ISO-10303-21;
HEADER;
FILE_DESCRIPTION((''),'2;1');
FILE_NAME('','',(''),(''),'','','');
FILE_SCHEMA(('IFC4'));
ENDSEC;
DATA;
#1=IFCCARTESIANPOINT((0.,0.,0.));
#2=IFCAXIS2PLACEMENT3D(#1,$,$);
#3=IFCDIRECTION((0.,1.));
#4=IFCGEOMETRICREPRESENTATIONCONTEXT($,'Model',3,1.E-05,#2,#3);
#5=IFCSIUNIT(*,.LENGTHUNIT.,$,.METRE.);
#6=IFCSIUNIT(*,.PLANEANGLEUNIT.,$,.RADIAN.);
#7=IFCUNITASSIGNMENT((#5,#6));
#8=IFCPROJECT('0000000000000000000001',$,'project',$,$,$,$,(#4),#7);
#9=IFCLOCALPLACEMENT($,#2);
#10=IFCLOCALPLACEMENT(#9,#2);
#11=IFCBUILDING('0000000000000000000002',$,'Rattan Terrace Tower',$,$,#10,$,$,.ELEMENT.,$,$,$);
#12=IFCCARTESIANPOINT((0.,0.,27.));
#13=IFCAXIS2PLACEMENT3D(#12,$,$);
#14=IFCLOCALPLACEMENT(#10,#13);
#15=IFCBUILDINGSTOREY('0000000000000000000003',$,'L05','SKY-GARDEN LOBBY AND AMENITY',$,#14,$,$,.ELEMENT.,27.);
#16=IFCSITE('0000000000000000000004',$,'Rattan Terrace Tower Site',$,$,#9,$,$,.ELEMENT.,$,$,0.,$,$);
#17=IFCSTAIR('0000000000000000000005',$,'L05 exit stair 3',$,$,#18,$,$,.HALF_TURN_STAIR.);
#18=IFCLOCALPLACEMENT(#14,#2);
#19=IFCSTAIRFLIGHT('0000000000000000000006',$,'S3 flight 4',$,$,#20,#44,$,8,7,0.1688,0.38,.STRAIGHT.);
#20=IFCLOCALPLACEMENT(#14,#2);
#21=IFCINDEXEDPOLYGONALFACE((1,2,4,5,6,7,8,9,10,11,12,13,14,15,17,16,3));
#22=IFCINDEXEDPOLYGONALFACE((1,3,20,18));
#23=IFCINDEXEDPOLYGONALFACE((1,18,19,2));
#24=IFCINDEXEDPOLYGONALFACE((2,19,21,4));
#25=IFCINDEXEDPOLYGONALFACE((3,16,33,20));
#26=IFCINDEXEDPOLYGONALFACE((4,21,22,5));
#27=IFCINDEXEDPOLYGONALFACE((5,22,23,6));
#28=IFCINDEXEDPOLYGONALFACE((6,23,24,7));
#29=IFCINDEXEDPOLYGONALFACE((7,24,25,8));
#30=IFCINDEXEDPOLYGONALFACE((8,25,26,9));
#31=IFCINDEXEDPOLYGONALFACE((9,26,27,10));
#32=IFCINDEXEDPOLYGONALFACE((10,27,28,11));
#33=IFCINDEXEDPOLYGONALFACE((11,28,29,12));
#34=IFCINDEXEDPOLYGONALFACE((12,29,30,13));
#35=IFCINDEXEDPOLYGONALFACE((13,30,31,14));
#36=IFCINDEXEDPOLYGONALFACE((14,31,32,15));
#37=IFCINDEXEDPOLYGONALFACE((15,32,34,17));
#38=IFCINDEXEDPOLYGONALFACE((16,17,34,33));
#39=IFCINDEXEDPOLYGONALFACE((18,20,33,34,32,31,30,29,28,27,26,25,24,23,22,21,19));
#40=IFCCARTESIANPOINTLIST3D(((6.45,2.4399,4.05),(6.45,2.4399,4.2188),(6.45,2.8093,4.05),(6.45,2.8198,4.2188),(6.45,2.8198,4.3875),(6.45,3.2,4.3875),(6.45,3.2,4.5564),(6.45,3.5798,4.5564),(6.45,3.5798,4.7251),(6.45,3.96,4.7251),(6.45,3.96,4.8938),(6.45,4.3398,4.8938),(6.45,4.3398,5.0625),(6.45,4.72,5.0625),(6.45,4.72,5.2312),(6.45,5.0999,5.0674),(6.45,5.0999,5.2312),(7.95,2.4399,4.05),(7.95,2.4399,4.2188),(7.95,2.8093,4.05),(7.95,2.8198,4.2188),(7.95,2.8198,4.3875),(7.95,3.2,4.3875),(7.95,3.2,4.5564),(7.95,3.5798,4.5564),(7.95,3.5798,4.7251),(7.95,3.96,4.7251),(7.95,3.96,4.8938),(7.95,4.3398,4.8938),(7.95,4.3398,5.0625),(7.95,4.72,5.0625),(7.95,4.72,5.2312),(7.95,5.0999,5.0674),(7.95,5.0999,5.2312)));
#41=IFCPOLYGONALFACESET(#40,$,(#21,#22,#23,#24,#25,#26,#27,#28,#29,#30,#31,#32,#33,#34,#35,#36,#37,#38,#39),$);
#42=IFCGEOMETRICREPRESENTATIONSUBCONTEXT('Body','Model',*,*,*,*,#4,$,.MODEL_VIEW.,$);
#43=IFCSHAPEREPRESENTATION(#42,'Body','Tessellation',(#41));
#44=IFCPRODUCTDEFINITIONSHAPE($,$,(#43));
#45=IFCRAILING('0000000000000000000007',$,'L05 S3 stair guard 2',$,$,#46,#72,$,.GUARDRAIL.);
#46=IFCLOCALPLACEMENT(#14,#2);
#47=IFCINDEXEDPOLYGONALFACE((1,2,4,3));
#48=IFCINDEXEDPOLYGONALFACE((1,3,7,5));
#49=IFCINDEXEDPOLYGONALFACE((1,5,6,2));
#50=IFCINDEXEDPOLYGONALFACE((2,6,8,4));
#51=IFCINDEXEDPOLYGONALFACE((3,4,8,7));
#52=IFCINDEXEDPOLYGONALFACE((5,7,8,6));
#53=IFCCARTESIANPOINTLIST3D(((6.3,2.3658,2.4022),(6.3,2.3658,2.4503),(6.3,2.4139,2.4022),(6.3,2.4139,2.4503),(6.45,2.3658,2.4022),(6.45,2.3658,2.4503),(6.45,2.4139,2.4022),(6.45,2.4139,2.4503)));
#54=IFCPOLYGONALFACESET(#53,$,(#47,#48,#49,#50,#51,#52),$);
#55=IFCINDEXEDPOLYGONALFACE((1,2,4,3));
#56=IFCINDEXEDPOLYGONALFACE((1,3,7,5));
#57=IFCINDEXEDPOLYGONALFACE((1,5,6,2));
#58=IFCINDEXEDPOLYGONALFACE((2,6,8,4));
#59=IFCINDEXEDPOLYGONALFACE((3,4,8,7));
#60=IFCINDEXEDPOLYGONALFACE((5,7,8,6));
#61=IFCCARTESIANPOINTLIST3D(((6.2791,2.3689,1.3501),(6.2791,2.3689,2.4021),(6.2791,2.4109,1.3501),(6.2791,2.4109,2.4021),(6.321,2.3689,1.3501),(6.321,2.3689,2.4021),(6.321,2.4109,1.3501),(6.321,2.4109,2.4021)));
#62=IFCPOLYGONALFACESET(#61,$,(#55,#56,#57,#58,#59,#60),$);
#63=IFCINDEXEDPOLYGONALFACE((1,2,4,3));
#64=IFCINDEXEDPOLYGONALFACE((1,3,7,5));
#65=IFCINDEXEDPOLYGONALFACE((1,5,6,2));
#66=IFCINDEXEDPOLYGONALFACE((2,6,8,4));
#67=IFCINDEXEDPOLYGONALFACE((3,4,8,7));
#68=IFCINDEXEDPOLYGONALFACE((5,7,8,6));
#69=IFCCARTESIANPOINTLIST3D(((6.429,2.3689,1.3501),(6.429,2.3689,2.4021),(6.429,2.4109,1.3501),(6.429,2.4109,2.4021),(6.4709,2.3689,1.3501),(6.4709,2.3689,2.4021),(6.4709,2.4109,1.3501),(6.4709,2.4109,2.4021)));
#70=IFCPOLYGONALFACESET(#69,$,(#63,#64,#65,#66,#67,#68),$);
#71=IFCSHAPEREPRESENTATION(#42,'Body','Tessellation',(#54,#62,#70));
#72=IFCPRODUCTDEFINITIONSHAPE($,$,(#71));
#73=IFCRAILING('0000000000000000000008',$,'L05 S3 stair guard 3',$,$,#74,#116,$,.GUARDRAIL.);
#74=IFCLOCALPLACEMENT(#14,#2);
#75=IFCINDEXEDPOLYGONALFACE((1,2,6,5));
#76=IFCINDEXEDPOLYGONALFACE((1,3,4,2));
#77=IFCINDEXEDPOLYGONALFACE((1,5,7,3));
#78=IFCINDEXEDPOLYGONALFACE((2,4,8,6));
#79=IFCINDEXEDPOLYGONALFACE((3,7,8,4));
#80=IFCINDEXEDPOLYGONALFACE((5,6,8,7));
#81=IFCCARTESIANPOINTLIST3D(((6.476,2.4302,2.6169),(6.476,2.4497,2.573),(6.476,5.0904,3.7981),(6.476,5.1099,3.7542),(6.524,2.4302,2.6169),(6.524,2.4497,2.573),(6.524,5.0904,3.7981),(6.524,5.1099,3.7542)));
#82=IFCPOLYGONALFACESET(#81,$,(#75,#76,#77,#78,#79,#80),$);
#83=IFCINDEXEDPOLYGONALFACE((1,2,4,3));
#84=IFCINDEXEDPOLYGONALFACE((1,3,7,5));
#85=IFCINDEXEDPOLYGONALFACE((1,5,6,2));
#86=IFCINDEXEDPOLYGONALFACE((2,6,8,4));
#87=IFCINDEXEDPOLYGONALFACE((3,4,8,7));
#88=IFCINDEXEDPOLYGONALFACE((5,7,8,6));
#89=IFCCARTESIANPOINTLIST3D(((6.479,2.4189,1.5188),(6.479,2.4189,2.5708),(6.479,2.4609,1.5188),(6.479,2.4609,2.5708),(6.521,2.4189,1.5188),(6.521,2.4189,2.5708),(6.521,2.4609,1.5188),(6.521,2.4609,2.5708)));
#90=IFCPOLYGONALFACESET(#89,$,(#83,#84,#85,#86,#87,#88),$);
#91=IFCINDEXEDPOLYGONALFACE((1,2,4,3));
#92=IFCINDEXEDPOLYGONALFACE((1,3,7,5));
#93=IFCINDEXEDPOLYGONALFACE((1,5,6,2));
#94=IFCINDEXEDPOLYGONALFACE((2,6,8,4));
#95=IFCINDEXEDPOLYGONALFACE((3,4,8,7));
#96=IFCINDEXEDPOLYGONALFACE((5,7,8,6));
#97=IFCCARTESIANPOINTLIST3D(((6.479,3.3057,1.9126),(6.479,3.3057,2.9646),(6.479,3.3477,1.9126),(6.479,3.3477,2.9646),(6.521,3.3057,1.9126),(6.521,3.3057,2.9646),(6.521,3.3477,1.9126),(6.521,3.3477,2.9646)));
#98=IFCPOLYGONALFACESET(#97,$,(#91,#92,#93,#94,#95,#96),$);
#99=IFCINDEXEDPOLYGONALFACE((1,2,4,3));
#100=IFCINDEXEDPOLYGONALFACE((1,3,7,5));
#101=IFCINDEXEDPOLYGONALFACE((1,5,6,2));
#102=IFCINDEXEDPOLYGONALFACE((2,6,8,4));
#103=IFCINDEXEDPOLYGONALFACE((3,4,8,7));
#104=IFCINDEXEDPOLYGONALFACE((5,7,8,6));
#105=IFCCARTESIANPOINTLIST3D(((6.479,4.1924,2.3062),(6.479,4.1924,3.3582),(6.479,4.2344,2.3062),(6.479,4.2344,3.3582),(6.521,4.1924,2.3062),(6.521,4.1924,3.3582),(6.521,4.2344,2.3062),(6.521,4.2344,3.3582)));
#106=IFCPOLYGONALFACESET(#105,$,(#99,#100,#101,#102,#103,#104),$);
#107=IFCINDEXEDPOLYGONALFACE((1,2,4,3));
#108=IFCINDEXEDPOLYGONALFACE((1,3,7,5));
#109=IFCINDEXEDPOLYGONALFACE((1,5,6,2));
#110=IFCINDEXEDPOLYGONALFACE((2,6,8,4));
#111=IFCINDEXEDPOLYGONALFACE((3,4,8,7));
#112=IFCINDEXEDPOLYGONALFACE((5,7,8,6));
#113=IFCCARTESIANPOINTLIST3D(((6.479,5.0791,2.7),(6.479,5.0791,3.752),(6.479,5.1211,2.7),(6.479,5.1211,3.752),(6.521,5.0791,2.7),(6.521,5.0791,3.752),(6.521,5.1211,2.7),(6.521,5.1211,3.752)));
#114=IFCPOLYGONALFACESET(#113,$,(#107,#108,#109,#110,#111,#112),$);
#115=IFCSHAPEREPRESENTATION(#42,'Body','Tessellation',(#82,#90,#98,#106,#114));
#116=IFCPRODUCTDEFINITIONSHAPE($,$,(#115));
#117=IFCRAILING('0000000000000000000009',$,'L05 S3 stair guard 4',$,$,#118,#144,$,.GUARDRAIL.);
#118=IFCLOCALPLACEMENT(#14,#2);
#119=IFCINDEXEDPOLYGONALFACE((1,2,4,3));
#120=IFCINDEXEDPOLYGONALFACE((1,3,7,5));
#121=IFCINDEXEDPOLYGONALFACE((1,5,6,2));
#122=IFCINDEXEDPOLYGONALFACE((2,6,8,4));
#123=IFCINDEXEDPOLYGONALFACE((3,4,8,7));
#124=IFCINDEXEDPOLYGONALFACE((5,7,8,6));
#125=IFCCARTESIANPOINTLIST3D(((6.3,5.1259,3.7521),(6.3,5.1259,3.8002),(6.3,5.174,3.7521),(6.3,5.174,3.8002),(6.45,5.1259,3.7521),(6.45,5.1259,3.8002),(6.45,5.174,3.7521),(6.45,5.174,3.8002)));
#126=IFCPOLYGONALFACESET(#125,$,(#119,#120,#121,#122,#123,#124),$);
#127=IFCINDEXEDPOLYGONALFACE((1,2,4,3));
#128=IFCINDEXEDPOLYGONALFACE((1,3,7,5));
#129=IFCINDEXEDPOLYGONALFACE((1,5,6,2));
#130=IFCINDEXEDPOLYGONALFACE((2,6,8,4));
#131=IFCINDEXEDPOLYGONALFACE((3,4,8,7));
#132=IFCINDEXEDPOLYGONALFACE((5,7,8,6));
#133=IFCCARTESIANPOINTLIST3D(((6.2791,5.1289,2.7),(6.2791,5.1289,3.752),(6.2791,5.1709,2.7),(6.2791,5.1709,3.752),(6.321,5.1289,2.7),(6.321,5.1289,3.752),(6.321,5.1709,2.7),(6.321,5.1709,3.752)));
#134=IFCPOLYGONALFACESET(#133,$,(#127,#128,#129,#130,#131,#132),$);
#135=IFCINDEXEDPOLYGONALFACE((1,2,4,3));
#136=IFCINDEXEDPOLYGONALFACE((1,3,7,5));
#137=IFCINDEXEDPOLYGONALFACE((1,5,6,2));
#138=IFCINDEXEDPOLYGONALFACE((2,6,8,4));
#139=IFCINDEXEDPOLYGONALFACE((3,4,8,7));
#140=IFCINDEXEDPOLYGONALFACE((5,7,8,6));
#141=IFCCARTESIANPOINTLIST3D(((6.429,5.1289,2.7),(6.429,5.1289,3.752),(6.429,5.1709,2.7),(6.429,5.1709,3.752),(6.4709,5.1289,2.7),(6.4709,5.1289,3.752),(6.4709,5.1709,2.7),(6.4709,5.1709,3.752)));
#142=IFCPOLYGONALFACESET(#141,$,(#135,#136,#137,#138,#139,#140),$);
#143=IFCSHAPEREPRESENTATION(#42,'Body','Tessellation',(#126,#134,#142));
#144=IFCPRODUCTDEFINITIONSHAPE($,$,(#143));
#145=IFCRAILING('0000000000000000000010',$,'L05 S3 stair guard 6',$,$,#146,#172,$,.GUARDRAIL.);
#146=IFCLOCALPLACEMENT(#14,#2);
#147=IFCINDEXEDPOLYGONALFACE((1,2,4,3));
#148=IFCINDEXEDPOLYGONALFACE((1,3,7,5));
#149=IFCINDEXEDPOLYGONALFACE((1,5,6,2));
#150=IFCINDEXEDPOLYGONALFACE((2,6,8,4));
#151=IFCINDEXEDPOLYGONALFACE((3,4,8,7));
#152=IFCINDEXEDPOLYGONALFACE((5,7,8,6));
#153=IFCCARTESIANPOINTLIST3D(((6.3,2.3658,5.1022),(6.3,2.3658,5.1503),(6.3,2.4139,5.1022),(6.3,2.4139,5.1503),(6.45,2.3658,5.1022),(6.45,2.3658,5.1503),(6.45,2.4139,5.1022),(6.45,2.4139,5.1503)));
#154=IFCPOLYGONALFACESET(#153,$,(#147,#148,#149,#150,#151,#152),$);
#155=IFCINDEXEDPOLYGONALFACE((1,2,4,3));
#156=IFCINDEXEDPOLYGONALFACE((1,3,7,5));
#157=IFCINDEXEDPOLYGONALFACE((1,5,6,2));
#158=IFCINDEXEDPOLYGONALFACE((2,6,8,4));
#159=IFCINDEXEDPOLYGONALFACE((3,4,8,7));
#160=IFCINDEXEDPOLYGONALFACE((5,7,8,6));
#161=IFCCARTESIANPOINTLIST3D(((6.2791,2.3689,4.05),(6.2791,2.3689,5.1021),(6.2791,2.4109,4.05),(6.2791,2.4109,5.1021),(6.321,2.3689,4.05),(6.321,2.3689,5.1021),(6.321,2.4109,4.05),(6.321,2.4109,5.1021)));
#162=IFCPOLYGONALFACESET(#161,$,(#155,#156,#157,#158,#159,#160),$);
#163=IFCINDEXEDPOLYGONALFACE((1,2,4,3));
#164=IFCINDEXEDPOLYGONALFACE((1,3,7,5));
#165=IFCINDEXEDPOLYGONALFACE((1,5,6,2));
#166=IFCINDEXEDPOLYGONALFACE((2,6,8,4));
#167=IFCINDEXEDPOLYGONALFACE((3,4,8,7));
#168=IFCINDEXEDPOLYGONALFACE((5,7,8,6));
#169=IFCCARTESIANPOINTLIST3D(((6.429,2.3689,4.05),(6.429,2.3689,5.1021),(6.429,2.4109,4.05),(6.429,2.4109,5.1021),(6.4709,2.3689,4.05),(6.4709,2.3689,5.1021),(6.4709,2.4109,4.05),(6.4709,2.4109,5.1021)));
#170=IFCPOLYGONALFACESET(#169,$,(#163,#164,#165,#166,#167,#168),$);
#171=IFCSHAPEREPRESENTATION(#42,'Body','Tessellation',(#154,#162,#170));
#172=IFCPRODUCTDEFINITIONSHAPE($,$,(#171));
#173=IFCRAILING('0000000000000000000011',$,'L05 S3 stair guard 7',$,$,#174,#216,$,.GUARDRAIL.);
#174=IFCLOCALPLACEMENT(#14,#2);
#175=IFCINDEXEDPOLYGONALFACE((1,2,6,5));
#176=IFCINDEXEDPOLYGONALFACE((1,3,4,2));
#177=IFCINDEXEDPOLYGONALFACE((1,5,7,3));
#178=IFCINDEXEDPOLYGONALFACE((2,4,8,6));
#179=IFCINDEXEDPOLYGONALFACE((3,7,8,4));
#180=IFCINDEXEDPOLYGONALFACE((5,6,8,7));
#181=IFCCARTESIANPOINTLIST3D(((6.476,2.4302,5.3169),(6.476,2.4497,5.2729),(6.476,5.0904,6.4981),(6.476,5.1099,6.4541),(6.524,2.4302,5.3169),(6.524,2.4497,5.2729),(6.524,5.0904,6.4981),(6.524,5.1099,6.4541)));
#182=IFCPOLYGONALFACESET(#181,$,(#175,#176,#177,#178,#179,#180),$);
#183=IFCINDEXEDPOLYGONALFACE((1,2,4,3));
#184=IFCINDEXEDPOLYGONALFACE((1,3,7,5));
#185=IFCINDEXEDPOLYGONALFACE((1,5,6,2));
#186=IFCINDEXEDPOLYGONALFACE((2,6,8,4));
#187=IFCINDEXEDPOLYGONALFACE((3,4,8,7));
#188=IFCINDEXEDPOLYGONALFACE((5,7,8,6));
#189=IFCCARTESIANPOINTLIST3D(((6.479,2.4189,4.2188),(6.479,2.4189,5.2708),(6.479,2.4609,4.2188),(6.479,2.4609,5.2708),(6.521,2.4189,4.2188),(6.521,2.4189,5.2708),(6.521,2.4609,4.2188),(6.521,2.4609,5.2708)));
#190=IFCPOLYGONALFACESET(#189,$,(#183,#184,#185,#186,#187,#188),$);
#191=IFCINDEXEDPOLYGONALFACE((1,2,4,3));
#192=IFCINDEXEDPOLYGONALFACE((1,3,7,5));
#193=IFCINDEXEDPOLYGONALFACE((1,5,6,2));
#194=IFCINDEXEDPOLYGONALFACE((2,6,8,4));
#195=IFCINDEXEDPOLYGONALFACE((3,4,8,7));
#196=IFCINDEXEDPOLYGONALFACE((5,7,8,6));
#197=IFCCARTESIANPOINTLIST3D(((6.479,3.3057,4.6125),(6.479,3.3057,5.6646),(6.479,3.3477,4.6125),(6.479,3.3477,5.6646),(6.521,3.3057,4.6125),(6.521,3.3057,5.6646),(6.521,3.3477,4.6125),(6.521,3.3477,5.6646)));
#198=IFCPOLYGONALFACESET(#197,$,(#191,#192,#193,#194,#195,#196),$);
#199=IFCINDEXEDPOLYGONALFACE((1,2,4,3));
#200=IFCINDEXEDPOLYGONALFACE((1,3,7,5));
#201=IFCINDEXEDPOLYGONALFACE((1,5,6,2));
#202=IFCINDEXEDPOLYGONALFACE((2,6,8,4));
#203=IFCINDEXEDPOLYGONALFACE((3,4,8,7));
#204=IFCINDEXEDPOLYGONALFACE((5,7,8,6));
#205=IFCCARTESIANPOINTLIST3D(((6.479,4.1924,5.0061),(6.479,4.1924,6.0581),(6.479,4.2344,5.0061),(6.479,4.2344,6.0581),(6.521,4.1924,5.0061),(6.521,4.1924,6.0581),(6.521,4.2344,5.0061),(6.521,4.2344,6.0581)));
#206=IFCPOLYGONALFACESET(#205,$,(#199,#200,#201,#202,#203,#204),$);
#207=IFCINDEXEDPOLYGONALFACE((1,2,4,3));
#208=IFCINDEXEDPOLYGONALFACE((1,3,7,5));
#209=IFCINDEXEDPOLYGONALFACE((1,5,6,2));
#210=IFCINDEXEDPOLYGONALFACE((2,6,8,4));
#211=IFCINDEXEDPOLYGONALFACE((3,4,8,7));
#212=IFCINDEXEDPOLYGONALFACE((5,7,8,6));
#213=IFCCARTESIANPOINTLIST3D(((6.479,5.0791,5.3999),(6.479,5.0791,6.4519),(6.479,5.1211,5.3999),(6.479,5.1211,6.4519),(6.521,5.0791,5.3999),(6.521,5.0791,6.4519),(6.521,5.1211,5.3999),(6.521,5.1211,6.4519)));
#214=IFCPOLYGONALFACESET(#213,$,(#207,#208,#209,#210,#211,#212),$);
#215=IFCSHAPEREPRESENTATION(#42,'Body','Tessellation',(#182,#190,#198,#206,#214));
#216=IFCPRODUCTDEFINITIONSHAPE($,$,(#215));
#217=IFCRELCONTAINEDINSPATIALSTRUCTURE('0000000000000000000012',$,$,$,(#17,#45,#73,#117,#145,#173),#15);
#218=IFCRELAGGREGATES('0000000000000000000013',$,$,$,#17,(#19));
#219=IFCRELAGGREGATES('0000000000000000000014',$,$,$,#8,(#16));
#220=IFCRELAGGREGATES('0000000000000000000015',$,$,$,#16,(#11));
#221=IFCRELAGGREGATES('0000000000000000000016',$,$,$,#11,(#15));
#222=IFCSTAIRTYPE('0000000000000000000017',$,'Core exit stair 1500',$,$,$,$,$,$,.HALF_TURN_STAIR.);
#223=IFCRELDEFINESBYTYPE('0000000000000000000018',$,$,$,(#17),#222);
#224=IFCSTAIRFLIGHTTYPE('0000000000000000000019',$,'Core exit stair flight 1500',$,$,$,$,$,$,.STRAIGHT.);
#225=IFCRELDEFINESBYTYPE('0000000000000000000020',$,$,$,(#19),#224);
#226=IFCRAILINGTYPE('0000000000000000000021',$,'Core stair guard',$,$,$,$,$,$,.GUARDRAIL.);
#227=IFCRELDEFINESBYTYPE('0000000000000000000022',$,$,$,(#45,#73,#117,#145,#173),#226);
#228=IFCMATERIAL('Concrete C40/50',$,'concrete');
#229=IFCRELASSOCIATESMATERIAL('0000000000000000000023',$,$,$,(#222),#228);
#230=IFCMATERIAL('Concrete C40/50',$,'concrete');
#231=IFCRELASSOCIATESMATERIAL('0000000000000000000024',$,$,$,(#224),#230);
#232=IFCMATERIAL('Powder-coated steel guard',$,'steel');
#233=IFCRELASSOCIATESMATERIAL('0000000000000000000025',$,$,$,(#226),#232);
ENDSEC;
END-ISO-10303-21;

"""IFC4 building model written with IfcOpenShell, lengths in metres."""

from ifc_helpers import new_model, si_unit, direction, frame, origin, origin_2d, place, context, subcontext, project, spatial, polyline, rectangle, outline, extrude, material, type_object, element, aggregate, save


model = new_model("IFC4")

# Units and contexts
model_context = context("Model", 3, precision=1e-05, world=origin(), true_north=direction((0.0, 1.0)))
body_context = subcontext(model_context, "Body", "Model", "MODEL_VIEW")
ifc_project = project(units=[si_unit("LENGTHUNIT", "METRE"), si_unit("PLANEANGLEUNIT", "RADIAN")], contexts=[model_context])

# Site, building, storey
site_placement = place(None, origin())
site = spatial("IfcSite", under=ifc_project, at=site_placement, Name="Rattan Terrace Tower Site", CompositionType="ELEMENT", RefElevation=0.0)
building_placement = place(site_placement, origin())
building = spatial("IfcBuilding", under=site, at=building_placement, Name="Rattan Terrace Tower", CompositionType="ELEMENT")
storey_placement = place(building_placement, frame((0.0, 0.0, 27.0)))
storey = spatial("IfcBuildingStorey", under=building, at=storey_placement, Name="L05", Description="SKY-GARDEN LOBBY AND AMENITY", CompositionType="ELEMENT", Elevation=27.0)

# Stair, stair flight
ifc_material_1 = material(Name="Concrete C40/50", Category="concrete")
stair_type = type_object("IfcStairType", Name="Core exit stair 1500", PredefinedType="HALF_TURN_STAIR", material=ifc_material_1)
stair_placement = place(storey_placement, origin())
stair = element("IfcStair", 1, at=stair_placement, inside=storey, type_object=stair_type, Name="L05 exit stair 3", PredefinedType="HALF_TURN_STAIR")
ifc_material_2 = material(Name="Concrete C40/50", Category="concrete")
stair_flight_type = type_object("IfcStairFlightType", Name="Core exit stair flight 1500", PredefinedType="STRAIGHT", material=ifc_material_2)
stair_flight_1_placement = place(storey_placement, frame((7.2, 2.4399, 4.05), z_axis=(0.0, 0.0, 1.0), x_axis=(0.0, 1.0, 0.0)))
stair_flight_1 = element("IfcStairFlight", 2, at=stair_flight_1_placement, type_object=stair_flight_type, Name="S3 flight 4", NumberOfRisers=8, NumberOfTreads=7, PredefinedType="STRAIGHT", RiserHeight=0.1688, TreadLength=0.38, context=body_context, shape_type="SweptSolid", body=[
    extrude(outline(polyline([(0.0, 0.0), (0.0, 0.1687), (0.3799, 0.1687), (0.3799, 0.3374), (0.76, 0.3374), (0.76, 0.5063), (1.1399, 0.5063), (1.1399, 0.675), (1.52, 0.675), (1.52, 0.8438), (1.8999, 0.8438), (1.8999, 1.0125), (2.28, 1.0125), (2.28, 1.1812), (2.6599, 1.1812), (2.6599, 1.3501), (2.6599, 1.0173), (0.3694, 0.0), (0.0, 0.0)])), frame((0.0, 0.75, 0.0), z_axis=(0.0, -1.0, 0.0), x_axis=(1.0, 0.0, 0.0)), (0.0, 0.0, 1.0), 1.5),
])
aggregate(stair, [stair_flight_1])

# Railings
ifc_material_3 = material(Name="Powder-coated steel guard", Category="steel")
railing_type_1 = type_object("IfcRailingType", Name="Core stair guard", PredefinedType="GUARDRAIL", material=ifc_material_3)
railing_1_placement = place(storey_placement, frame((6.3, 2.3899, 1.3501)))
element("IfcRailing", 3, at=railing_1_placement, inside=storey, type_object=railing_type_1, Name="L05 S3 stair guard 2", PredefinedType="GUARDRAIL", context=body_context, shape_type="SweptSolid", body=[
    extrude(rectangle(XDim=0.0481, YDim=0.0481, at=origin_2d()), frame((0.0, 0.0, 1.0762), z_axis=(1.0, 0.0, 0.0), x_axis=(0.0, 1.0, 0.0)), (0.0, 0.0, 1.0), 0.1499),
    extrude(rectangle(XDim=0.042, YDim=0.042, at=origin_2d()), origin(), (0.0, 0.0, 1.0), 1.052),
    extrude(rectangle(XDim=0.042, YDim=0.042, at=origin_2d()), frame((0.1499, 0.0, 0.0)), (0.0, 0.0, 1.0), 1.052),
])
railing_2_placement = place(storey_placement, frame((6.5, 2.4399, 1.5188)))
element("IfcRailing", 4, at=railing_2_placement, inside=storey, type_object=railing_type_1, Name="L05 S3 stair guard 3", PredefinedType="GUARDRAIL", context=body_context, shape_type="SweptSolid", body=[
    extrude(rectangle(XDim=0.0481, YDim=0.0481, at=origin_2d()), frame((0.0, 0.0, 1.0762), z_axis=(0.0, 0.913957, 0.405812), x_axis=(-1.0, 0.0, 0.0)), (0.0, 0.0, 1.0), 2.9106),
    extrude(rectangle(XDim=0.042, YDim=0.042, at=origin_2d()), origin(), (0.0, 0.0, 1.0), 1.052),
    extrude(rectangle(XDim=0.042, YDim=0.042, at=origin_2d()), frame((0.0, 0.8867, 0.3938)), (0.0, 0.0, 1.0), 1.052),
    extrude(rectangle(XDim=0.042, YDim=0.042, at=origin_2d()), frame((0.0, 1.7734, 0.7874)), (0.0, 0.0, 1.0), 1.052),
    extrude(rectangle(XDim=0.042, YDim=0.042, at=origin_2d()), frame((0.0, 2.6602, 1.1812)), (0.0, 0.0, 1.0), 1.052),
])
for number, where, name in (
    (5, (6.3, 5.1499, 2.7), "L05 S3 stair guard 4"),
    (6, (6.3, 2.3899, 4.05), "L05 S3 stair guard 6"),
):
    element("IfcRailing", number, at=place(storey_placement, frame(where)), inside=storey, type_object=railing_type_1, Name=name, PredefinedType="GUARDRAIL", context=body_context, shape_type="SweptSolid", body=[
        extrude(rectangle(XDim=0.0481, YDim=0.0481, at=origin_2d()), frame((0.0, 0.0, 1.0762), z_axis=(1.0, 0.0, 0.0), x_axis=(0.0, 1.0, 0.0)), (0.0, 0.0, 1.0), 0.1499),
        extrude(rectangle(XDim=0.042, YDim=0.042, at=origin_2d()), origin(), (0.0, 0.0, 1.0), 1.052),
        extrude(rectangle(XDim=0.042, YDim=0.042, at=origin_2d()), frame((0.1499, 0.0, 0.0)), (0.0, 0.0, 1.0), 1.052),
    ])
railing_3_placement = place(storey_placement, frame((6.5, 2.4399, 4.2188)))
element("IfcRailing", 7, at=railing_3_placement, inside=storey, type_object=railing_type_1, Name="L05 S3 stair guard 7", PredefinedType="GUARDRAIL", context=body_context, shape_type="SweptSolid", body=[
    extrude(rectangle(XDim=0.0481, YDim=0.0481, at=origin_2d()), frame((0.0, 0.0, 1.0762), z_axis=(0.0, 0.913957, 0.405812), x_axis=(-1.0, 0.0, 0.0)), (0.0, 0.0, 1.0), 2.9106),
    extrude(rectangle(XDim=0.042, YDim=0.042, at=origin_2d()), origin(), (0.0, 0.0, 1.0), 1.052),
    extrude(rectangle(XDim=0.042, YDim=0.042, at=origin_2d()), frame((0.0, 0.8867, 0.3938)), (0.0, 0.0, 1.0), 1.052),
    extrude(rectangle(XDim=0.042, YDim=0.042, at=origin_2d()), frame((0.0, 1.7734, 0.7874)), (0.0, 0.0, 1.0), 1.052),
    extrude(rectangle(XDim=0.042, YDim=0.042, at=origin_2d()), frame((0.0, 2.6602, 1.1812)), (0.0, 0.0, 1.0), 1.052),
])

save(model, "model.ifc")
